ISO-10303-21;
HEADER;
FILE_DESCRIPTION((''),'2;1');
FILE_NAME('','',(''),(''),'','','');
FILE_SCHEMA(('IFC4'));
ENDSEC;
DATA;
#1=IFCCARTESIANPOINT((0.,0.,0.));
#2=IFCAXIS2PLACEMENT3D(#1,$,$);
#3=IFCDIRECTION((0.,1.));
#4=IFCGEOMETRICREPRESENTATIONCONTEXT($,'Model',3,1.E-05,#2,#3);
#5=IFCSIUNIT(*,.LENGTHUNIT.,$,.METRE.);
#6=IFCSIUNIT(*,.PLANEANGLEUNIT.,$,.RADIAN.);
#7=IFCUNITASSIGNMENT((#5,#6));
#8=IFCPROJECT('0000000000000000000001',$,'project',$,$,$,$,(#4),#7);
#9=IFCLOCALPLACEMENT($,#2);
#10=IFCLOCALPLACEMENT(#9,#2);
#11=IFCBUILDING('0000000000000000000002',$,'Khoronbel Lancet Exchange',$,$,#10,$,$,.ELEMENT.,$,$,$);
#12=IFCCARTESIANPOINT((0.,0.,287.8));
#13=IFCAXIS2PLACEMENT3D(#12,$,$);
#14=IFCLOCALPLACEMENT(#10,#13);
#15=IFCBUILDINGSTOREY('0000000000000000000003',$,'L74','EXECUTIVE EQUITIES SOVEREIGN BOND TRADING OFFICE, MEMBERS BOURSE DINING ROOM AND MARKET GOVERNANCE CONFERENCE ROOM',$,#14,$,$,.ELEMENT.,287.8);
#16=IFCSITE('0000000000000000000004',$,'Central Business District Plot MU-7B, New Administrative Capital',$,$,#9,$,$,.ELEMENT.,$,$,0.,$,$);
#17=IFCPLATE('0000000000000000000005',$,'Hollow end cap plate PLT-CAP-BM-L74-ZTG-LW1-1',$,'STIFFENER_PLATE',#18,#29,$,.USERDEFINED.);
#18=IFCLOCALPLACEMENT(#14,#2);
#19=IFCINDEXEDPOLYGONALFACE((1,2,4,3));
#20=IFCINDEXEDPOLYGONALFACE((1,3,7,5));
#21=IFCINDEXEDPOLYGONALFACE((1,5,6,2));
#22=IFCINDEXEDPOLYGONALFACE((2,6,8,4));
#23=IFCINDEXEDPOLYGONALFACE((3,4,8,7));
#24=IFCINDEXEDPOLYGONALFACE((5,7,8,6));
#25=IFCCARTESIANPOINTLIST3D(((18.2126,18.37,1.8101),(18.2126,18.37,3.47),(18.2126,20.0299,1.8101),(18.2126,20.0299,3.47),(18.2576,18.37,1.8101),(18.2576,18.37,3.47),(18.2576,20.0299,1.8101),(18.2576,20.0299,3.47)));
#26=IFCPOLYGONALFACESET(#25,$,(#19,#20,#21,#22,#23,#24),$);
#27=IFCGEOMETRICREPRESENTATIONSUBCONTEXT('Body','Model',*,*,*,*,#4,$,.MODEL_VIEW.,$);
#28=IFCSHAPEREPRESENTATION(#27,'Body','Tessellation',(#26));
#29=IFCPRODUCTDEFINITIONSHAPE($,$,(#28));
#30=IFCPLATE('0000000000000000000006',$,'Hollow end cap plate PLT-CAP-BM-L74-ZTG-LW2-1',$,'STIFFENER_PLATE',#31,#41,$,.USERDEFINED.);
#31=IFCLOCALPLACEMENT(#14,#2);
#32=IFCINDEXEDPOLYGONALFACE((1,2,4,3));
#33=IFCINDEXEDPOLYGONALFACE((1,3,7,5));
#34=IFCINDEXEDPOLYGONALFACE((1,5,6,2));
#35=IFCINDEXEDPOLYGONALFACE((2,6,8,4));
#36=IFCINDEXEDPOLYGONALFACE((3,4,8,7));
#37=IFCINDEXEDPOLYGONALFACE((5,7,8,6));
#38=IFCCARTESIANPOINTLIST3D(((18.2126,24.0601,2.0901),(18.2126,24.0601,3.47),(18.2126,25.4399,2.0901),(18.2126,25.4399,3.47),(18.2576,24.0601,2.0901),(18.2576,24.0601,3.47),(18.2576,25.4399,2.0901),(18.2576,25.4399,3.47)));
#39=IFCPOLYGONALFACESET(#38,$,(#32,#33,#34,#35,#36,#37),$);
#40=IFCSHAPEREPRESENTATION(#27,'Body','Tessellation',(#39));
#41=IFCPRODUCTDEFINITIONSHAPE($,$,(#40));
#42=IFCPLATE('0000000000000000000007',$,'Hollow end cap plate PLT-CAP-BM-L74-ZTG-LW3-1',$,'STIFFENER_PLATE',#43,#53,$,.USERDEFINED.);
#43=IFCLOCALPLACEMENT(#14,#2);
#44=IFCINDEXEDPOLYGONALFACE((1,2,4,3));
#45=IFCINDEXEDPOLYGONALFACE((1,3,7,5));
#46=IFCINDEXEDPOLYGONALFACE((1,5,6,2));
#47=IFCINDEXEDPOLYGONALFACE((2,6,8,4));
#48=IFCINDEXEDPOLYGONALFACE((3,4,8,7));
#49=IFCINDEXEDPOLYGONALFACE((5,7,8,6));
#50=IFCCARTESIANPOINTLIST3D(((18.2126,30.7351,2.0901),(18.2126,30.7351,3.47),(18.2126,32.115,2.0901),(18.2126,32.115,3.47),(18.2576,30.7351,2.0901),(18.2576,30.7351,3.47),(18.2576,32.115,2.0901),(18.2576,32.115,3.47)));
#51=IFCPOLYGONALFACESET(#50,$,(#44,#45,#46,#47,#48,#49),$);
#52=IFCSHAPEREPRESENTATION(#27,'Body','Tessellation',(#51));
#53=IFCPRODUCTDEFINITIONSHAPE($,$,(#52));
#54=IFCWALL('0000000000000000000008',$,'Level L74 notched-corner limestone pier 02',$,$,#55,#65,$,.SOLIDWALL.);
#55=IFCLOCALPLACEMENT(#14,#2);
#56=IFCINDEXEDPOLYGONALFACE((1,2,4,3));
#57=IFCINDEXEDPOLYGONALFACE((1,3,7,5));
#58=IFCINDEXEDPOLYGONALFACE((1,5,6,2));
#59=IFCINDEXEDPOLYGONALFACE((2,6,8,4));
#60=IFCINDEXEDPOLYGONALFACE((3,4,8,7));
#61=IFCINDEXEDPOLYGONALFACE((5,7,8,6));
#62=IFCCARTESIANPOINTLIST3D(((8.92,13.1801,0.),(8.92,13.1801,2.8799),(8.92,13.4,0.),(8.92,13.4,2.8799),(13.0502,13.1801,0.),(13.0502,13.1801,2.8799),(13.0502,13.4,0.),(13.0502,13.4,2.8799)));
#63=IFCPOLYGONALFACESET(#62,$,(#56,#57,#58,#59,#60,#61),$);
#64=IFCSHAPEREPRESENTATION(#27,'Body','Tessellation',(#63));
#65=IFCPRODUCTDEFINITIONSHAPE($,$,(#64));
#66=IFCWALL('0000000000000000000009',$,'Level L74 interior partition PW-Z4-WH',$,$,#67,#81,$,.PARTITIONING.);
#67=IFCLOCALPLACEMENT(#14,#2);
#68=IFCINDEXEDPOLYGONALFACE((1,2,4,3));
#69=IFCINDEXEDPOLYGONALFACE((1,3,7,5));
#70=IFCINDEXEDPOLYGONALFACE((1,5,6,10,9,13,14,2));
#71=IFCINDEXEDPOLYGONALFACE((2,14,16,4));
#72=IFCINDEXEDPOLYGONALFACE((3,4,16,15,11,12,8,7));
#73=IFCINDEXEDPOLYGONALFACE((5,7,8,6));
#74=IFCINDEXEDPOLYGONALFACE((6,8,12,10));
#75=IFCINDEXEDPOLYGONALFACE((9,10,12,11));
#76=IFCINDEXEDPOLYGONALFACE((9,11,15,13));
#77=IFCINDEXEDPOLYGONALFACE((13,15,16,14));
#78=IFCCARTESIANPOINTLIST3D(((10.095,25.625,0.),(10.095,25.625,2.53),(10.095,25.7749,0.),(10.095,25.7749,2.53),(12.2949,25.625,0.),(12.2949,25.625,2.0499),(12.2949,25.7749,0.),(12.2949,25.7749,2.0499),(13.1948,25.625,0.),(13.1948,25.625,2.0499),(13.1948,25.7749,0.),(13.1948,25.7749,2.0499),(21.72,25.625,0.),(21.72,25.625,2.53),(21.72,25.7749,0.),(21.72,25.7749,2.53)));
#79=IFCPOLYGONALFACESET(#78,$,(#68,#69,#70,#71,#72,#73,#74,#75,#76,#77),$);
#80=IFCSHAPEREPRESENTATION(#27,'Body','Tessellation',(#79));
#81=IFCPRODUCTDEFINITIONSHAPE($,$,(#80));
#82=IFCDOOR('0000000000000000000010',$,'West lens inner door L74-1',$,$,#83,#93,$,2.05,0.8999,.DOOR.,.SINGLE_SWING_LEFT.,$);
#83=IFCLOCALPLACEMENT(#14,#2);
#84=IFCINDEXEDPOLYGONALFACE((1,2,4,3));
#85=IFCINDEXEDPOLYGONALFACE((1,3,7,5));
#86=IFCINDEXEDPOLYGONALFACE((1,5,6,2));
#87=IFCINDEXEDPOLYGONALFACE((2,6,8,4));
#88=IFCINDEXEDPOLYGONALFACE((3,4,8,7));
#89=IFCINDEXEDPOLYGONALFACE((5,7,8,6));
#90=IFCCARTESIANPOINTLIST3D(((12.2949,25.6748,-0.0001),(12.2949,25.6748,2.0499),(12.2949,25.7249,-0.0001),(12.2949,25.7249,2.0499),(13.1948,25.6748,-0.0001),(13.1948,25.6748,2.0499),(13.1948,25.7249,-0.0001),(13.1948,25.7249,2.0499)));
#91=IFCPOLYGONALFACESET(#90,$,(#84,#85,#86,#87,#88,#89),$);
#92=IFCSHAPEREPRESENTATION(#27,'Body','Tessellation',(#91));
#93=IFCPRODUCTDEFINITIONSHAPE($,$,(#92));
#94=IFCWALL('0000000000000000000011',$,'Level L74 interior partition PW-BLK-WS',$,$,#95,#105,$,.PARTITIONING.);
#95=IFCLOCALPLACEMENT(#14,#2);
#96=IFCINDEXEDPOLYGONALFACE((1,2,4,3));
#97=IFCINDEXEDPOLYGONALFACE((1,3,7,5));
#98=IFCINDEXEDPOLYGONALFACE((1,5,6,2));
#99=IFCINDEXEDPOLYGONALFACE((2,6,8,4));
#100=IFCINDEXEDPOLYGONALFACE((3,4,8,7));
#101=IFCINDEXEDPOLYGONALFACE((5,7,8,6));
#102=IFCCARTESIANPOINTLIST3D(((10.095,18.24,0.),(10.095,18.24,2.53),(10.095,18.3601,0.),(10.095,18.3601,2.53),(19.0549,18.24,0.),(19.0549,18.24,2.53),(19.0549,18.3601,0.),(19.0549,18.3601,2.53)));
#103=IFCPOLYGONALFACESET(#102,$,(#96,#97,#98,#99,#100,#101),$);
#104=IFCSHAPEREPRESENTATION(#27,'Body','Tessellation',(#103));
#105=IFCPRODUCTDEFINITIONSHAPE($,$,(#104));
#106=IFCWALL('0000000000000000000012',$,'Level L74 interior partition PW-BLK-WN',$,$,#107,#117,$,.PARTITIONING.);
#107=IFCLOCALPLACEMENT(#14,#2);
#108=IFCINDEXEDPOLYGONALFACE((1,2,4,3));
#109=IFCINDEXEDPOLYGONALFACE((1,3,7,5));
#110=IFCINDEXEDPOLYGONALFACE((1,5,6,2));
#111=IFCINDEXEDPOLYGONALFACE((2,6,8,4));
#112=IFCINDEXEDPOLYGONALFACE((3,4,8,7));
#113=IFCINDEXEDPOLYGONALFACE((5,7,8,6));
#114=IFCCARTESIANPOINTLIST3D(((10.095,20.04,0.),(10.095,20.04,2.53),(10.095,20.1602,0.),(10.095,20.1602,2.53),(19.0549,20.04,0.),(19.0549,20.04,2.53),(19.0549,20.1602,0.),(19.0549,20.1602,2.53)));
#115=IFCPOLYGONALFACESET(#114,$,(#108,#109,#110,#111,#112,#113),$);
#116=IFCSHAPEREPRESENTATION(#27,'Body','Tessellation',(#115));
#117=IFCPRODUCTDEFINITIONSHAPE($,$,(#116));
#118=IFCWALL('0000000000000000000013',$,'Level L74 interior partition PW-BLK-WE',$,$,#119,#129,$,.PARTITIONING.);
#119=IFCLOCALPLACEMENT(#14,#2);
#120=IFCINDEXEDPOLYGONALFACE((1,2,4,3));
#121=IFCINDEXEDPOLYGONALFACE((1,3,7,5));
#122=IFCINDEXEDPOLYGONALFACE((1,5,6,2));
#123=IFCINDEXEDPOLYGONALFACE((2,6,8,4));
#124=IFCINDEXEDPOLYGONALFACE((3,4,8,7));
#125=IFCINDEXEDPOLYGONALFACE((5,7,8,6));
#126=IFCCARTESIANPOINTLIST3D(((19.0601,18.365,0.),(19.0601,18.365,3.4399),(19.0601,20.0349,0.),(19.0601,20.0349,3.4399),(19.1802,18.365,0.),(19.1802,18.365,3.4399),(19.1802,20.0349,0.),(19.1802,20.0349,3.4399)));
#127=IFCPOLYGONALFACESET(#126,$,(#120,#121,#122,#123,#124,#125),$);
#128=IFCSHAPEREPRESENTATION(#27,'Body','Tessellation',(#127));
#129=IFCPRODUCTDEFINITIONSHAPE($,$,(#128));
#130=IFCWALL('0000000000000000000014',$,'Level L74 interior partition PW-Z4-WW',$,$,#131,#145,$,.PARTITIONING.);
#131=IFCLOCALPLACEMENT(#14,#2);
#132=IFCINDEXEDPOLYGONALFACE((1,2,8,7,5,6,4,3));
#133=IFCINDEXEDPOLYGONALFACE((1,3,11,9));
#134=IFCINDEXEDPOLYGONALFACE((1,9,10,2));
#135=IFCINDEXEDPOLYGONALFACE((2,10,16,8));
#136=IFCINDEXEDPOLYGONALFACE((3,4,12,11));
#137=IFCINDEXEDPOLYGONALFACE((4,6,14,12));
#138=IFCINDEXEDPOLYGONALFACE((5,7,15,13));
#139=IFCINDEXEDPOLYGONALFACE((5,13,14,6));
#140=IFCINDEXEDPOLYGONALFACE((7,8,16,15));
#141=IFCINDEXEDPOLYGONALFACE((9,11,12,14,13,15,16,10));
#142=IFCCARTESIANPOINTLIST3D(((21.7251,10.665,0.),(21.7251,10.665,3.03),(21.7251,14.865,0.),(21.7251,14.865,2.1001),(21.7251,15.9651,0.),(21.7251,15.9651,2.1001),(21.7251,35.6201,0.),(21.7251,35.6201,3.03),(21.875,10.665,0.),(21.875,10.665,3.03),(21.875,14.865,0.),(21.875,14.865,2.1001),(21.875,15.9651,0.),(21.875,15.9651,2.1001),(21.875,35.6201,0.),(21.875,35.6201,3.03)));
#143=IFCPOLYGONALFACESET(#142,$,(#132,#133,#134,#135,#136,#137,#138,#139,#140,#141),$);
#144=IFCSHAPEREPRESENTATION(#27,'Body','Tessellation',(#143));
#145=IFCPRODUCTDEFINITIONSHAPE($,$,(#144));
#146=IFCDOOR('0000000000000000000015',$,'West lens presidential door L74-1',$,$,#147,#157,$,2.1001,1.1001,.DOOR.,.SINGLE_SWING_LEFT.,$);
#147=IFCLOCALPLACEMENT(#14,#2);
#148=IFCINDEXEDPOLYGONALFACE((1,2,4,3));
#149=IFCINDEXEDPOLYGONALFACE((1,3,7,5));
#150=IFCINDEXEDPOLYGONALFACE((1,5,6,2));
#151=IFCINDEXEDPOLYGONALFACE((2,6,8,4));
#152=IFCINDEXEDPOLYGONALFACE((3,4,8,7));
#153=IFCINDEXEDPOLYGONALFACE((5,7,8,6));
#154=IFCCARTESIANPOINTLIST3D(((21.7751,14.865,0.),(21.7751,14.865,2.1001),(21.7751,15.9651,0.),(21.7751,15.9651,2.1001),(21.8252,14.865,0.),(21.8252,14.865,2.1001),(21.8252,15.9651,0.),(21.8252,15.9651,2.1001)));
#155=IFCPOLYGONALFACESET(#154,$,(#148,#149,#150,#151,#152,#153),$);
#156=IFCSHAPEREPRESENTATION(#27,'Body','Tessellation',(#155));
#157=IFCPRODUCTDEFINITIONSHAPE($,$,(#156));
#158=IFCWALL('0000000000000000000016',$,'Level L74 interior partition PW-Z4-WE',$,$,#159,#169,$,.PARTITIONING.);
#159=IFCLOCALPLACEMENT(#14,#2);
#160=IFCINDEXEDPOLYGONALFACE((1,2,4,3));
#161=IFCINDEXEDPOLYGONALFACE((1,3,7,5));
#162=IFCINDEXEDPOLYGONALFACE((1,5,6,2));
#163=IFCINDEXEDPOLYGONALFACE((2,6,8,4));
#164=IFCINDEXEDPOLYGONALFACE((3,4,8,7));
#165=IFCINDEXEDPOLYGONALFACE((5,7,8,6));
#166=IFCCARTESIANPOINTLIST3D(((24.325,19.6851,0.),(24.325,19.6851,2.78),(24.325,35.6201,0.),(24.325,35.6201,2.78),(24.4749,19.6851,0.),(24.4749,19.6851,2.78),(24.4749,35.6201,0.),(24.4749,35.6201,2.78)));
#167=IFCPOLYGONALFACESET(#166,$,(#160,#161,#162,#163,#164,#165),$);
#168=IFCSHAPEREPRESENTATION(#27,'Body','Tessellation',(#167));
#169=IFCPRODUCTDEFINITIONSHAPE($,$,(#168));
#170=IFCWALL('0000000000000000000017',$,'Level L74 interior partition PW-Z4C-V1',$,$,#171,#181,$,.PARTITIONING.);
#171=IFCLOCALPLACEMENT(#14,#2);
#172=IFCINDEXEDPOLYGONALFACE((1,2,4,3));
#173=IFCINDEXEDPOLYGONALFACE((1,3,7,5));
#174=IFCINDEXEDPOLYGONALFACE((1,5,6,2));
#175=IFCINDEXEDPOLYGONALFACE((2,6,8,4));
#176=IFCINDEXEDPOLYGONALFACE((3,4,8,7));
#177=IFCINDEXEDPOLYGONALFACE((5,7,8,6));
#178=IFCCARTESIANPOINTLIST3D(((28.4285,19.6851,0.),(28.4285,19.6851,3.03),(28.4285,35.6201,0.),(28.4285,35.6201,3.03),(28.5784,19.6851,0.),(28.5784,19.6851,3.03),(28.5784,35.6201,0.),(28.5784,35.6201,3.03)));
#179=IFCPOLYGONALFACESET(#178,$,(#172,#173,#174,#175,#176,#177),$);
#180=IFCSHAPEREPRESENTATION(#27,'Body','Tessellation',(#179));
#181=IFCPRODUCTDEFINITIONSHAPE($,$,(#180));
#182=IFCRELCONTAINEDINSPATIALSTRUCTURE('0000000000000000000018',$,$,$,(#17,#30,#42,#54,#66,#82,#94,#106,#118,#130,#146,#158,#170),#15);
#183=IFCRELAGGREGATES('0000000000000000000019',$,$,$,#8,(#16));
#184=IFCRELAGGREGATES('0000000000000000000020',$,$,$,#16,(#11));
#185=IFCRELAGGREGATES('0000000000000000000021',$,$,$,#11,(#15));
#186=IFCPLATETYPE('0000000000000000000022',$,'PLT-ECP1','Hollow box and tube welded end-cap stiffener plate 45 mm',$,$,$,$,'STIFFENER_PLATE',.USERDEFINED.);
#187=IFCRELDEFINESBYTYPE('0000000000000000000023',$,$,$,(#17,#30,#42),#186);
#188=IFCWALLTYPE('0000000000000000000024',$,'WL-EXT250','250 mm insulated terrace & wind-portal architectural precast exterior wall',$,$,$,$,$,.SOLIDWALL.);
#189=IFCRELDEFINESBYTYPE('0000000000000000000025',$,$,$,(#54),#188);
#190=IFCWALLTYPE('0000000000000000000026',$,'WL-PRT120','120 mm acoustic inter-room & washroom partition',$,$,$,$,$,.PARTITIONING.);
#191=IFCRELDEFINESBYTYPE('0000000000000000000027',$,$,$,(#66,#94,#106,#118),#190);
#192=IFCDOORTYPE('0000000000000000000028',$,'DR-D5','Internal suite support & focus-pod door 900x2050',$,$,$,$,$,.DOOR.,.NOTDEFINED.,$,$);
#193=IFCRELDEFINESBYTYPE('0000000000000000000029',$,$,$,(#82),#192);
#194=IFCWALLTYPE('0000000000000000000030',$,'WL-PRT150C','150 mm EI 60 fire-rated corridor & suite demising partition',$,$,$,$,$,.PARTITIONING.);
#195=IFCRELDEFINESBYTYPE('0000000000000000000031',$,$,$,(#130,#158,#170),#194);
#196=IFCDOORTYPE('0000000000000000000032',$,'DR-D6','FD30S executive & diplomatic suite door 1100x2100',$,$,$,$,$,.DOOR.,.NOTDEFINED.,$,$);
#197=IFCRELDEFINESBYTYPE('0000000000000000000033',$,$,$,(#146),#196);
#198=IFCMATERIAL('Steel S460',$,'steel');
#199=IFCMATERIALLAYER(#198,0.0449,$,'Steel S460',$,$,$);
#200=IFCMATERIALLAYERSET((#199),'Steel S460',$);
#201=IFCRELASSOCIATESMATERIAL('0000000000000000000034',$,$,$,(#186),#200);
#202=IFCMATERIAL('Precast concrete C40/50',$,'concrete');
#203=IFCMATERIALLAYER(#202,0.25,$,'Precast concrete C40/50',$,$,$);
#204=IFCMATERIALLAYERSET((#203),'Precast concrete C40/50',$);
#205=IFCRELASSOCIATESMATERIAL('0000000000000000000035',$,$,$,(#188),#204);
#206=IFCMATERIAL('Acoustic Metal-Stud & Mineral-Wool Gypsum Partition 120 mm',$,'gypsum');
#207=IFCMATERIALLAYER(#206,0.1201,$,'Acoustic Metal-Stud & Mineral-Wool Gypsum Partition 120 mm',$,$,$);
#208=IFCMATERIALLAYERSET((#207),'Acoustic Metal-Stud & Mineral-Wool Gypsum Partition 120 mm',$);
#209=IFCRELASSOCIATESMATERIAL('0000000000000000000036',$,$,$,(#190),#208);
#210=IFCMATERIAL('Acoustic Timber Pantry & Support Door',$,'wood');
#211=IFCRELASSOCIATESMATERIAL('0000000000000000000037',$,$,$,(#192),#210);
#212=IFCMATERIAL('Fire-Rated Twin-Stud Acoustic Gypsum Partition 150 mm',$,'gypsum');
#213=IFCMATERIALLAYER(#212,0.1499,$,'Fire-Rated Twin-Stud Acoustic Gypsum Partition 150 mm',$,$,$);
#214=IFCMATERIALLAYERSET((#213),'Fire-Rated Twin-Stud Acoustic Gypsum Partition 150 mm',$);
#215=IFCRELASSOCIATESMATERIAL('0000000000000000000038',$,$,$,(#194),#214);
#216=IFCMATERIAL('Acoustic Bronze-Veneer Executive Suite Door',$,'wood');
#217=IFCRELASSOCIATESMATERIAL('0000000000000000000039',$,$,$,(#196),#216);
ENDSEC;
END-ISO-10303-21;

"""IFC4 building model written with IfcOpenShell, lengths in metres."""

from ifc_helpers import new_model, si_unit, direction, frame, frame_2d, origin, origin_2d, place, context, subcontext, project, spatial, rectangle, extrude, material, layer, layer_set, type_object, element, fill, save


model = new_model("IFC4")

# Units and contexts
model_context = context("Model", 3, precision=1e-05, world=origin(), true_north=direction((0.0, 1.0)))
body_context = subcontext(model_context, "Body", "Model", "MODEL_VIEW")
ifc_project = project(units=[si_unit("LENGTHUNIT", "METRE"), si_unit("PLANEANGLEUNIT", "RADIAN")], contexts=[model_context])

# Site, building, storey
site_placement = place(None, origin())
site = spatial("IfcSite", under=ifc_project, at=site_placement, Name="Central Business District Plot MU-7B, New Administrative Capital", CompositionType="ELEMENT", RefElevation=0.0)
building_placement = place(site_placement, origin())
building = spatial("IfcBuilding", under=site, at=building_placement, Name="Khoronbel Lancet Exchange", CompositionType="ELEMENT")
storey_placement = place(building_placement, frame((0.0, 0.0, 287.8)))
storey = spatial("IfcBuildingStorey", under=building, at=storey_placement, Name="L74", Description="EXECUTIVE EQUITIES SOVEREIGN BOND TRADING OFFICE, MEMBERS BOURSE DINING ROOM AND MARKET GOVERNANCE CONFERENCE ROOM", CompositionType="ELEMENT", Elevation=287.8)

# Plates
ifc_material_1 = material(Name="Steel S460", Category="steel")
ifc_layer_1 = layer(ifc_material_1, 0.0449, Name="Steel S460")
ifc_layer_set_1 = layer_set([ifc_layer_1], Name="Steel S460")
plate_type = type_object("IfcPlateType", Name="PLT-ECP1", Description="Hollow box and tube welded end-cap stiffener plate 45 mm", ElementType="STIFFENER_PLATE", PredefinedType="USERDEFINED", material=ifc_layer_set_1)
plate_placement = place(storey_placement, frame((18.2351, 19.2, 1.8101), z_axis=(0.0, 0.0, 1.0), x_axis=(1.0, 0.0, 0.0)))
element("IfcPlate", 1, at=plate_placement, inside=storey, type_object=plate_type, Name="Hollow end cap plate PLT-CAP-BM-L74-ZTG-LW1-1", ObjectType="STIFFENER_PLATE", PredefinedType="USERDEFINED", context=body_context, shape_type="SweptSolid", body=[
    extrude(rectangle(XDim=0.0449, YDim=1.6599, at=origin_2d()), origin(), (0.0, 0.0, 1.0), 1.6599),
])
for number, where, z_axis, x_axis, name in (
    (2, (18.2351, 24.75, 2.0901), (0.0, 0.0, 1.0), (1.0, 0.0, 0.0), "Hollow end cap plate PLT-CAP-BM-L74-ZTG-LW2-1"),
    (3, (18.2351, 31.425, 2.0901), (0.0, 0.0, 1.0), (1.0, 0.0, 0.0), "Hollow end cap plate PLT-CAP-BM-L74-ZTG-LW3-1"),
):
    element("IfcPlate", number, at=place(storey_placement, frame(where, z_axis=z_axis, x_axis=x_axis)), inside=storey, type_object=plate_type, Name=name, ObjectType="STIFFENER_PLATE", PredefinedType="USERDEFINED", context=body_context, shape_type="SweptSolid", body=[
        extrude(rectangle(XDim=0.0449, YDim=1.3799, at=origin_2d()), origin(), (0.0, 0.0, 1.0), 1.3799),
    ])

# Wall
ifc_material_2 = material(Name="Precast concrete C40/50", Category="concrete")
ifc_layer_2 = layer(ifc_material_2, 0.25, Name="Precast concrete C40/50")
ifc_layer_set_2 = layer_set([ifc_layer_2], Name="Precast concrete C40/50")
wall_type_1 = type_object("IfcWallType", Name="WL-EXT250", Description="250 mm insulated terrace & wind-portal architectural precast exterior wall", PredefinedType="SOLIDWALL", material=ifc_layer_set_2)
wall_1_placement = place(storey_placement, frame((13.05, 13.29, 0.0), z_axis=(0.0, 0.0, 1.0), x_axis=(-1.0, 0.0, 0.0)))
element("IfcWall", 4, at=wall_1_placement, inside=storey, type_object=wall_type_1, Name="Level L74 notched-corner limestone pier 02", PredefinedType="SOLIDWALL", context=body_context, shape_type="SweptSolid", body=[
    extrude(rectangle(XDim=4.1301, YDim=0.22, at=frame_2d((2.0649, 0.0))), origin(), (0.0, 0.0, 1.0), 2.8799),
])

# Wall, opening, door
ifc_material_3 = material(Name="Acoustic Metal-Stud & Mineral-Wool Gypsum Partition 120 mm", Category="gypsum")
ifc_layer_3 = layer(ifc_material_3, 0.1201, Name="Acoustic Metal-Stud & Mineral-Wool Gypsum Partition 120 mm")
ifc_layer_set_3 = layer_set([ifc_layer_3], Name="Acoustic Metal-Stud & Mineral-Wool Gypsum Partition 120 mm")
wall_type_2 = type_object("IfcWallType", Name="WL-PRT120", Description="120 mm acoustic inter-room & washroom partition", PredefinedType="PARTITIONING", material=ifc_layer_set_3)
wall_2_placement = place(storey_placement, frame((10.095, 25.7, 0.0), z_axis=(0.0, 0.0, 1.0), x_axis=(1.0, 0.0, 0.0)))
wall_2 = element("IfcWall", 5, at=wall_2_placement, inside=storey, type_object=wall_type_2, Name="Level L74 interior partition PW-Z4-WH", PredefinedType="PARTITIONING", context=body_context, shape_type="SweptSolid", body=[
    extrude(rectangle(XDim=11.625, YDim=0.1499, at=frame_2d((5.8125, 0.0))), origin(), (0.0, 0.0, 1.0), 2.53),
])
opening_1_placement = place(wall_2_placement, frame((2.2, 0.0, 0.0)))
opening_1 = element("IfcOpeningElement", 6, at=opening_1_placement, cuts=wall_2, PredefinedType="OPENING", context=body_context, shape_type="SweptSolid", body=[
    extrude(rectangle(XDim=0.8999, YDim=2.05, at=frame_2d((0.45, 1.0249))), frame((0.0, 0.085, 0.0), z_axis=(0.0, -1.0, 0.0), x_axis=(1.0, 0.0, 0.0)), (0.0, 0.0, 1.0), 0.1699),
])
ifc_material_4 = material(Name="Acoustic Timber Pantry & Support Door", Category="wood")
door_type_1 = type_object("IfcDoorType", Name="DR-D5", Description="Internal suite support & focus-pod door 900x2050", OperationType="NOTDEFINED", PredefinedType="DOOR", material=ifc_material_4)
door_1_placement = place(opening_1_placement, origin())
door_1 = element("IfcDoor", 7, at=door_1_placement, inside=storey, type_object=door_type_1, Name="West lens inner door L74-1", OperationType="SINGLE_SWING_LEFT", OverallHeight=2.05, OverallWidth=0.8999, PredefinedType="DOOR", context=body_context, shape_type="SweptSolid", body=[
    extrude(rectangle(XDim=0.8999, YDim=2.05, at=frame_2d((0.45, 1.0249))), frame((0.0, 0.0249, 0.0), z_axis=(0.0, -1.0, 0.0), x_axis=(1.0, 0.0, 0.0)), (0.0, 0.0, 1.0), 0.05),
])
fill(opening_1, door_1)

# Walls
for number, where, z_axis, x_axis, name in (
    (8, (10.095, 18.3, 0.0), (0.0, 0.0, 1.0), (1.0, 0.0, 0.0), "Level L74 interior partition PW-BLK-WS"),
    (9, (10.095, 20.1001, 0.0), (0.0, 0.0, 1.0), (1.0, 0.0, 0.0), "Level L74 interior partition PW-BLK-WN"),
):
    element("IfcWall", number, at=place(storey_placement, frame(where, z_axis=z_axis, x_axis=x_axis)), inside=storey, type_object=wall_type_2, Name=name, PredefinedType="PARTITIONING", context=body_context, shape_type="SweptSolid", body=[
        extrude(rectangle(XDim=8.96, YDim=0.1201, at=frame_2d((4.48, 0.0))), origin(), (0.0, 0.0, 1.0), 2.53),
    ])
wall_3_placement = place(storey_placement, frame((19.1201, 18.365, 0.0), z_axis=(0.0, 0.0, 1.0), x_axis=(0.0, 1.0, 0.0)))
element("IfcWall", 10, at=wall_3_placement, inside=storey, type_object=wall_type_2, Name="Level L74 interior partition PW-BLK-WE", PredefinedType="PARTITIONING", context=body_context, shape_type="SweptSolid", body=[
    extrude(rectangle(XDim=1.6699, YDim=0.1201, at=frame_2d((0.835, 0.0))), origin(), (0.0, 0.0, 1.0), 3.4399),
])

# Wall, opening, door
ifc_material_5 = material(Name="Fire-Rated Twin-Stud Acoustic Gypsum Partition 150 mm", Category="gypsum")
ifc_layer_4 = layer(ifc_material_5, 0.1499, Name="Fire-Rated Twin-Stud Acoustic Gypsum Partition 150 mm")
ifc_layer_set_4 = layer_set([ifc_layer_4], Name="Fire-Rated Twin-Stud Acoustic Gypsum Partition 150 mm")
wall_type_3 = type_object("IfcWallType", Name="WL-PRT150C", Description="150 mm EI 60 fire-rated corridor & suite demising partition", PredefinedType="PARTITIONING", material=ifc_layer_set_4)
wall_4_placement = place(storey_placement, frame((21.8, 10.665, 0.0), z_axis=(0.0, 0.0, 1.0), x_axis=(0.0, 1.0, 0.0)))
wall_4 = element("IfcWall", 11, at=wall_4_placement, inside=storey, type_object=wall_type_3, Name="Level L74 interior partition PW-Z4-WW", PredefinedType="PARTITIONING", context=body_context, shape_type="SweptSolid", body=[
    extrude(rectangle(XDim=24.9551, YDim=0.1499, at=frame_2d((12.4775, 0.0))), origin(), (0.0, 0.0, 1.0), 3.03),
])
opening_2_placement = place(wall_4_placement, frame((4.2, 0.0, 0.0)))
opening_2 = element("IfcOpeningElement", 12, at=opening_2_placement, cuts=wall_4, PredefinedType="OPENING", context=body_context, shape_type="SweptSolid", body=[
    extrude(rectangle(XDim=1.1001, YDim=2.1001, at=frame_2d((0.55, 1.05))), frame((0.0, 0.085, 0.0), z_axis=(0.0, -1.0, 0.0), x_axis=(1.0, 0.0, 0.0)), (0.0, 0.0, 1.0), 0.1699),
])
ifc_material_6 = material(Name="Acoustic Bronze-Veneer Executive Suite Door", Category="wood")
door_type_2 = type_object("IfcDoorType", Name="DR-D6", Description="FD30S executive & diplomatic suite door 1100x2100", OperationType="NOTDEFINED", PredefinedType="DOOR", material=ifc_material_6)
door_2_placement = place(opening_2_placement, origin())
door_2 = element("IfcDoor", 13, at=door_2_placement, inside=storey, type_object=door_type_2, Name="West lens presidential door L74-1", OperationType="SINGLE_SWING_LEFT", OverallHeight=2.1001, OverallWidth=1.1001, PredefinedType="DOOR", context=body_context, shape_type="SweptSolid", body=[
    extrude(rectangle(XDim=1.1001, YDim=2.1001, at=frame_2d((0.55, 1.05))), frame((0.0, 0.0249, 0.0), z_axis=(0.0, -1.0, 0.0), x_axis=(1.0, 0.0, 0.0)), (0.0, 0.0, 1.0), 0.05),
])
fill(opening_2, door_2)

# Walls
wall_5_placement = place(storey_placement, frame((24.3999, 19.6851, 0.0), z_axis=(0.0, 0.0, 1.0), x_axis=(0.0, 1.0, 0.0)))
element("IfcWall", 14, at=wall_5_placement, inside=storey, type_object=wall_type_3, Name="Level L74 interior partition PW-Z4-WE", PredefinedType="PARTITIONING", context=body_context, shape_type="SweptSolid", body=[
    extrude(rectangle(XDim=15.9351, YDim=0.1499, at=frame_2d((7.9675, 0.0))), origin(), (0.0, 0.0, 1.0), 2.78),
])
wall_6_placement = place(storey_placement, frame((28.5034, 19.6851, 0.0), z_axis=(0.0, 0.0, 1.0), x_axis=(0.0, 1.0, 0.0)))
element("IfcWall", 15, at=wall_6_placement, inside=storey, type_object=wall_type_3, Name="Level L74 interior partition PW-Z4C-V1", PredefinedType="PARTITIONING", context=body_context, shape_type="SweptSolid", body=[
    extrude(rectangle(XDim=15.9351, YDim=0.1499, at=frame_2d((7.9675, 0.0))), origin(), (0.0, 0.0, 1.0), 3.03),
])

save(model, "model.ifc")
